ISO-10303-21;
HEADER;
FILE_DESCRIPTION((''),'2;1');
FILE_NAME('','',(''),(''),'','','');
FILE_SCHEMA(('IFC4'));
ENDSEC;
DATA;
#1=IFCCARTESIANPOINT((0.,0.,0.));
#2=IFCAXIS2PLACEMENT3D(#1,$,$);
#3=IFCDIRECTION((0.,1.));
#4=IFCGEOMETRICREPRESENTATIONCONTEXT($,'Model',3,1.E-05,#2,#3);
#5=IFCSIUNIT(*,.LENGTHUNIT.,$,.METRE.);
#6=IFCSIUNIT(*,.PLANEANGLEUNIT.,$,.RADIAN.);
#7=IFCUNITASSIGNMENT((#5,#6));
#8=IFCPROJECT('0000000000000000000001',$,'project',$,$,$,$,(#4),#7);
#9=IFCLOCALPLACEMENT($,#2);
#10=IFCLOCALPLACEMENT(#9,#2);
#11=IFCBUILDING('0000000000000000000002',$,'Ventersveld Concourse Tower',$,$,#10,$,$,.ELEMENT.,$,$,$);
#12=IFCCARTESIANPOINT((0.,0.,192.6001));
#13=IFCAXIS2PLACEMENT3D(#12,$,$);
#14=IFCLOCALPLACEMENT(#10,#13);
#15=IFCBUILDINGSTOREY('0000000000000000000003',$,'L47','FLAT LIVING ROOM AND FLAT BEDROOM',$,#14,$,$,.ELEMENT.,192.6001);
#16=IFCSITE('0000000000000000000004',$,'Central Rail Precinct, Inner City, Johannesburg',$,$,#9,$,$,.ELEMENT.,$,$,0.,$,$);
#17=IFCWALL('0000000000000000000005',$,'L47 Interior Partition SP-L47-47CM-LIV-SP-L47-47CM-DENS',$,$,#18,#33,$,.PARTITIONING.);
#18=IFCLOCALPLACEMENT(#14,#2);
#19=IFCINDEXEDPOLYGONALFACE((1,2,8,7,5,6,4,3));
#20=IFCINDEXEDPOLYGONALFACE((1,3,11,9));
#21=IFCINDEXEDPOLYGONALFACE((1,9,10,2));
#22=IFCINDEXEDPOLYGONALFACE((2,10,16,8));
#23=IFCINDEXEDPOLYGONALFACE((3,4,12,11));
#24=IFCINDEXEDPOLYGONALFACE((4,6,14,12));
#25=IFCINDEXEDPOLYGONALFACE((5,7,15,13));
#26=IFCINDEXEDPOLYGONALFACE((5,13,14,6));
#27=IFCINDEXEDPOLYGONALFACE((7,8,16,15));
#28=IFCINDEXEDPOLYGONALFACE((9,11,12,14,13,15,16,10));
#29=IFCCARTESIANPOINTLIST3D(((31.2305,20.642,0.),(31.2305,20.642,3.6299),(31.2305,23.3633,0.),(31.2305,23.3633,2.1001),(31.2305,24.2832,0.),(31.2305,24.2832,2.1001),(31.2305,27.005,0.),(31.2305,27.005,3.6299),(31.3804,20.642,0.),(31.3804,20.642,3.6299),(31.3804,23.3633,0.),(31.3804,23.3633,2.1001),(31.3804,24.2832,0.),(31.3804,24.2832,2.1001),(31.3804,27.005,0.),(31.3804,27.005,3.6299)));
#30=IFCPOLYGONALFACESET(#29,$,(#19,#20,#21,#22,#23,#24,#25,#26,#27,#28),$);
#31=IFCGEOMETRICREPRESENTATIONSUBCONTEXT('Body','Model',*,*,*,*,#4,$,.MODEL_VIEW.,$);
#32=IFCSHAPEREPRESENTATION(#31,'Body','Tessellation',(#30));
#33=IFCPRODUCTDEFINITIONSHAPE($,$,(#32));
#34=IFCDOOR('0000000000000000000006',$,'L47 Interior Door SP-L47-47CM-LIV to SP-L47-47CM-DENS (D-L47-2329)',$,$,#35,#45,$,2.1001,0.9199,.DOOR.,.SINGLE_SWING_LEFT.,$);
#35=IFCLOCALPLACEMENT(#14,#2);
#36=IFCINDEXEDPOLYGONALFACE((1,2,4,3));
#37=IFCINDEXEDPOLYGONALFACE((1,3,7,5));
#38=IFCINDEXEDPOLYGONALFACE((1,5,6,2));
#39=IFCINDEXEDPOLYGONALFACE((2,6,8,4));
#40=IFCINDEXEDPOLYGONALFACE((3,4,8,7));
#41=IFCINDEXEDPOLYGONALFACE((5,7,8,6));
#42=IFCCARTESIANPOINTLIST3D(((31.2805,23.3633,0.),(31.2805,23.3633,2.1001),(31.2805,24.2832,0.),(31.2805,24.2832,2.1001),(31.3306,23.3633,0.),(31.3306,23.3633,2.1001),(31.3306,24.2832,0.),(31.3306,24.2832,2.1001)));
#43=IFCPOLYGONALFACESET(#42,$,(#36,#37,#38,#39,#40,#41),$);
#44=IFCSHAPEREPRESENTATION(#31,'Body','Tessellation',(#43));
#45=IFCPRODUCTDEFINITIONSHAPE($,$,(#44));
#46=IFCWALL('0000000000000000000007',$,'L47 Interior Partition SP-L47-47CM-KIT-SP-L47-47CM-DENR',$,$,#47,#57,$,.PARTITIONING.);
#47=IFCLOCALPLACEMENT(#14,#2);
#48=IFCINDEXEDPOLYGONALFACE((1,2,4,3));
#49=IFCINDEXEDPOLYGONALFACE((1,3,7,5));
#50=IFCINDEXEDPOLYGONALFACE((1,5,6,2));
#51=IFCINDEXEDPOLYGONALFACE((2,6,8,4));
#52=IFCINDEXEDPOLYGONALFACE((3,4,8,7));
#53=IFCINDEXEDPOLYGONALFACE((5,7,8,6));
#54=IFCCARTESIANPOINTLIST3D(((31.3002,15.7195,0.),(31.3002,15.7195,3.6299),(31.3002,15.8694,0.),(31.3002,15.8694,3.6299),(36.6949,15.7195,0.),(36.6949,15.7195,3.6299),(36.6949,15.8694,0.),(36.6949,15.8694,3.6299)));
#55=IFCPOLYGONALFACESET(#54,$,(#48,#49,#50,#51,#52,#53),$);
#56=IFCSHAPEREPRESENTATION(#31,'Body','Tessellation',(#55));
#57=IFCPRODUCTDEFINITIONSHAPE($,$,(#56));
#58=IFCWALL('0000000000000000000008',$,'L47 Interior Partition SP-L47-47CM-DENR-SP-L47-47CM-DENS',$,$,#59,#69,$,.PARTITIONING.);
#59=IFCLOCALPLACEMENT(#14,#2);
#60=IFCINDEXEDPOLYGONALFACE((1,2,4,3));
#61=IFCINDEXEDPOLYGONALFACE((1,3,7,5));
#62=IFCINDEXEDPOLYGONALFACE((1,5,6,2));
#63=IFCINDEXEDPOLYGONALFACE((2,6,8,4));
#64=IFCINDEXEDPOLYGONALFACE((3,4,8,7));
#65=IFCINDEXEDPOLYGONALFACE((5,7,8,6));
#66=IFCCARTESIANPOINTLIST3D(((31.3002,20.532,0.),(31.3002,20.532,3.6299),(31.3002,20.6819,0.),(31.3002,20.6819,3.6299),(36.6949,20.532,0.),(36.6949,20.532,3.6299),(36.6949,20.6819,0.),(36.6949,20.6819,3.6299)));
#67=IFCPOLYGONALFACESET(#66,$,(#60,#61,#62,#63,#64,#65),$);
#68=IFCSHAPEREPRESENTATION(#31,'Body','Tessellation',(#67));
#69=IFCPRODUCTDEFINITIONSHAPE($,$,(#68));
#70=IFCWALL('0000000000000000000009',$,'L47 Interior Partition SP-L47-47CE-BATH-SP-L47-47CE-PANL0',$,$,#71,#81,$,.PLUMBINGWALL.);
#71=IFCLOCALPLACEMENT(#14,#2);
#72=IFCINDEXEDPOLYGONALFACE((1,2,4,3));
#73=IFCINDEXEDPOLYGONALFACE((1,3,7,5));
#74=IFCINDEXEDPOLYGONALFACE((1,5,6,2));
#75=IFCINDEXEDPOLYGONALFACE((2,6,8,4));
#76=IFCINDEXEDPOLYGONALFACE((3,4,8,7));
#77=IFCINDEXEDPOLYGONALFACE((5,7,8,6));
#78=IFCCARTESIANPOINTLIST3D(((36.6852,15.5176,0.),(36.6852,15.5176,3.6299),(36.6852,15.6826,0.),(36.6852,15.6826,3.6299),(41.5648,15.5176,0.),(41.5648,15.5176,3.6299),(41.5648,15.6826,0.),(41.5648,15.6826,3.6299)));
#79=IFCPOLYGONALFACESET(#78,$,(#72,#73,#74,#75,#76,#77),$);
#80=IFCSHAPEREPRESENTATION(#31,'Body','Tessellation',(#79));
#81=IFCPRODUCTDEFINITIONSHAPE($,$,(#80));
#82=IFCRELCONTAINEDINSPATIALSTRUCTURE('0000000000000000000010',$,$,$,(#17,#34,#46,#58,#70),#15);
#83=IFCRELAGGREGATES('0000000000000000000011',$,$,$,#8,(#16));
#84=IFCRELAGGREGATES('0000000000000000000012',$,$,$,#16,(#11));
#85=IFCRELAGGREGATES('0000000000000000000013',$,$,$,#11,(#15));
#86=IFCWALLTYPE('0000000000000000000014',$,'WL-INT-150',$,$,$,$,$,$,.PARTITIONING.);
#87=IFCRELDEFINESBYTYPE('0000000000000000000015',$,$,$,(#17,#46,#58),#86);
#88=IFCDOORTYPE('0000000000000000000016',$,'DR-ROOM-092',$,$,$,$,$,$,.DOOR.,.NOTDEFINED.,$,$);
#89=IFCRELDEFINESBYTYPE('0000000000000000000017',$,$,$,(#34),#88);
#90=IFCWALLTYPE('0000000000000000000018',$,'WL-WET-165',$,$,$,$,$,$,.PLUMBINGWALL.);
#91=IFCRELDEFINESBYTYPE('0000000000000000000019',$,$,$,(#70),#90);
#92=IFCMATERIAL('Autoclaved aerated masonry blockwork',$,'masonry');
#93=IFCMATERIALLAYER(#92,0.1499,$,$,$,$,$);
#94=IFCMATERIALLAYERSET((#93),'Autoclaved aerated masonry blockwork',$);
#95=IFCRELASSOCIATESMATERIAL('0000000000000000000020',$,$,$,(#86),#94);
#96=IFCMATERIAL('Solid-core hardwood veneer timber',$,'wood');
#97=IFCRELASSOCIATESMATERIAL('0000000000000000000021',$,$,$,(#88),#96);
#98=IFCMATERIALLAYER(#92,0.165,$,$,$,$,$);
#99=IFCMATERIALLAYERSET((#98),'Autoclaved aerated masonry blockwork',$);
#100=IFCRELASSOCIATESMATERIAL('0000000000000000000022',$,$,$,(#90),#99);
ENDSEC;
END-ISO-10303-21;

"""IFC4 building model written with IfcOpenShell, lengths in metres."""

from ifc_helpers import new_model, si_unit, direction, frame, frame_2d, origin, place, context, subcontext, project, spatial, rectangle, extrude, material, layer, layer_set, type_object, element, fill, save


model = new_model("IFC4")

# Units and contexts
model_context = context("Model", 3, precision=1e-05, world=origin(), true_north=direction((0.0, 1.0)))
body_context = subcontext(model_context, "Body", "Model", "MODEL_VIEW")
ifc_project = project(units=[si_unit("LENGTHUNIT", "METRE"), si_unit("PLANEANGLEUNIT", "RADIAN")], contexts=[model_context])

# Site, building, storey
site_placement = place(None, origin())
site = spatial("IfcSite", under=ifc_project, at=site_placement, Name="Central Rail Precinct, Inner City, Johannesburg", CompositionType="ELEMENT", RefElevation=0.0)
building_placement = place(site_placement, origin())
building = spatial("IfcBuilding", under=site, at=building_placement, Name="Ventersveld Concourse Tower", CompositionType="ELEMENT")
storey_placement = place(building_placement, frame((0.0, 0.0, 192.6001)))
storey = spatial("IfcBuildingStorey", under=building, at=storey_placement, Name="L47", Description="FLAT LIVING ROOM AND FLAT BEDROOM", CompositionType="ELEMENT", Elevation=192.6001)

# Shared definitions
ifc_material_1 = material(Name="Autoclaved aerated masonry blockwork", Category="masonry")
ifc_layer_1 = layer(ifc_material_1, 0.1499)
ifc_layer_set_1 = layer_set([ifc_layer_1], Name="Autoclaved aerated masonry blockwork")
wall_type_1 = type_object("IfcWallType", Name="WL-INT-150", PredefinedType="PARTITIONING", material=ifc_layer_set_1)

# Wall, opening, door
ifc_material_2 = material(Name="Solid-core hardwood veneer timber", Category="wood")
door_type = type_object("IfcDoorType", Name="DR-ROOM-092", OperationType="NOTDEFINED", PredefinedType="DOOR", material=ifc_material_2)
wall_1_placement = place(storey_placement, frame((31.3054, 20.6418, 0.0), z_axis=(0.0, 0.0, 1.0), x_axis=(0.0, 1.0, 0.0)))
wall_1 = element("IfcWall", 1, at=wall_1_placement, inside=storey, type_object=wall_type_1, Name="L47 Interior Partition SP-L47-47CM-LIV-SP-L47-47CM-DENS", PredefinedType="PARTITIONING", context=body_context, shape_type="SweptSolid", body=[
    extrude(rectangle(XDim=6.363, YDim=0.1499, at=frame_2d((3.1816, 0.0))), origin(), (0.0, 0.0, 1.0), 3.6299),
])
opening_1_placement = place(wall_1_placement, frame((2.7214, 0.0, 0.0)))
opening_1 = element("IfcOpeningElement", 2, at=opening_1_placement, cuts=wall_1, PredefinedType="OPENING", context=body_context, shape_type="SweptSolid", body=[
    extrude(rectangle(XDim=0.9199, YDim=2.1001, at=frame_2d((0.46, 1.05))), frame((0.0, 0.085, 0.0), z_axis=(0.0, -1.0, 0.0), x_axis=(1.0, 0.0, 0.0)), (0.0, 0.0, 1.0), 0.1699),
])
door_1_placement = place(opening_1_placement, origin())
door_1 = element("IfcDoor", 3, at=door_1_placement, inside=storey, type_object=door_type, Name="L47 Interior Door SP-L47-47CM-LIV to SP-L47-47CM-DENS (D-L47-2329)", OperationType="SINGLE_SWING_LEFT", OverallHeight=2.1001, OverallWidth=0.9199, PredefinedType="DOOR", context=body_context, shape_type="SweptSolid", body=[
    extrude(rectangle(XDim=0.9199, YDim=2.1001, at=frame_2d((0.46, 1.05))), frame((0.0, 0.0249, 0.0), z_axis=(0.0, -1.0, 0.0), x_axis=(1.0, 0.0, 0.0)), (0.0, 0.0, 1.0), 0.05),
])
fill(opening_1, door_1)

# Walls
for number, where, z_axis, x_axis, name in (
    (4, (31.3003, 15.7944, 0.0), (0.0, 0.0, 1.0), (1.0, 0.0, 0.0), "L47 Interior Partition SP-L47-47CM-KIT-SP-L47-47CM-DENR"),
    (5, (31.3003, 20.6069, 0.0), (0.0, 0.0, 1.0), (1.0, 0.0, 0.0), "L47 Interior Partition SP-L47-47CM-DENR-SP-L47-47CM-DENS"),
):
    element("IfcWall", number, at=place(storey_placement, frame(where, z_axis=z_axis, x_axis=x_axis)), inside=storey, type_object=wall_type_1, Name=name, PredefinedType="PARTITIONING", context=body_context, shape_type="SweptSolid", body=[
        extrude(rectangle(XDim=5.3948, YDim=0.1499, at=frame_2d((2.6973, 0.0))), origin(), (0.0, 0.0, 1.0), 3.6299),
    ])
ifc_layer_2 = layer(ifc_material_1, 0.165)
ifc_layer_set_2 = layer_set([ifc_layer_2], Name="Autoclaved aerated masonry blockwork")
wall_type_2 = type_object("IfcWallType", Name="WL-WET-165", PredefinedType="PLUMBINGWALL", material=ifc_layer_set_2)
wall_2_placement = place(storey_placement, frame((36.6851, 15.6001, 0.0), z_axis=(0.0, 0.0, 1.0), x_axis=(1.0, 0.0, 0.0)))
element("IfcWall", 6, at=wall_2_placement, inside=storey, type_object=wall_type_2, Name="L47 Interior Partition SP-L47-47CE-BATH-SP-L47-47CE-PANL0", PredefinedType="PLUMBINGWALL", context=body_context, shape_type="SweptSolid", body=[
    extrude(rectangle(XDim=4.8796, YDim=0.165, at=frame_2d((2.4399, 0.0))), origin(), (0.0, 0.0, 1.0), 3.6299),
])

save(model, "model.ifc")
